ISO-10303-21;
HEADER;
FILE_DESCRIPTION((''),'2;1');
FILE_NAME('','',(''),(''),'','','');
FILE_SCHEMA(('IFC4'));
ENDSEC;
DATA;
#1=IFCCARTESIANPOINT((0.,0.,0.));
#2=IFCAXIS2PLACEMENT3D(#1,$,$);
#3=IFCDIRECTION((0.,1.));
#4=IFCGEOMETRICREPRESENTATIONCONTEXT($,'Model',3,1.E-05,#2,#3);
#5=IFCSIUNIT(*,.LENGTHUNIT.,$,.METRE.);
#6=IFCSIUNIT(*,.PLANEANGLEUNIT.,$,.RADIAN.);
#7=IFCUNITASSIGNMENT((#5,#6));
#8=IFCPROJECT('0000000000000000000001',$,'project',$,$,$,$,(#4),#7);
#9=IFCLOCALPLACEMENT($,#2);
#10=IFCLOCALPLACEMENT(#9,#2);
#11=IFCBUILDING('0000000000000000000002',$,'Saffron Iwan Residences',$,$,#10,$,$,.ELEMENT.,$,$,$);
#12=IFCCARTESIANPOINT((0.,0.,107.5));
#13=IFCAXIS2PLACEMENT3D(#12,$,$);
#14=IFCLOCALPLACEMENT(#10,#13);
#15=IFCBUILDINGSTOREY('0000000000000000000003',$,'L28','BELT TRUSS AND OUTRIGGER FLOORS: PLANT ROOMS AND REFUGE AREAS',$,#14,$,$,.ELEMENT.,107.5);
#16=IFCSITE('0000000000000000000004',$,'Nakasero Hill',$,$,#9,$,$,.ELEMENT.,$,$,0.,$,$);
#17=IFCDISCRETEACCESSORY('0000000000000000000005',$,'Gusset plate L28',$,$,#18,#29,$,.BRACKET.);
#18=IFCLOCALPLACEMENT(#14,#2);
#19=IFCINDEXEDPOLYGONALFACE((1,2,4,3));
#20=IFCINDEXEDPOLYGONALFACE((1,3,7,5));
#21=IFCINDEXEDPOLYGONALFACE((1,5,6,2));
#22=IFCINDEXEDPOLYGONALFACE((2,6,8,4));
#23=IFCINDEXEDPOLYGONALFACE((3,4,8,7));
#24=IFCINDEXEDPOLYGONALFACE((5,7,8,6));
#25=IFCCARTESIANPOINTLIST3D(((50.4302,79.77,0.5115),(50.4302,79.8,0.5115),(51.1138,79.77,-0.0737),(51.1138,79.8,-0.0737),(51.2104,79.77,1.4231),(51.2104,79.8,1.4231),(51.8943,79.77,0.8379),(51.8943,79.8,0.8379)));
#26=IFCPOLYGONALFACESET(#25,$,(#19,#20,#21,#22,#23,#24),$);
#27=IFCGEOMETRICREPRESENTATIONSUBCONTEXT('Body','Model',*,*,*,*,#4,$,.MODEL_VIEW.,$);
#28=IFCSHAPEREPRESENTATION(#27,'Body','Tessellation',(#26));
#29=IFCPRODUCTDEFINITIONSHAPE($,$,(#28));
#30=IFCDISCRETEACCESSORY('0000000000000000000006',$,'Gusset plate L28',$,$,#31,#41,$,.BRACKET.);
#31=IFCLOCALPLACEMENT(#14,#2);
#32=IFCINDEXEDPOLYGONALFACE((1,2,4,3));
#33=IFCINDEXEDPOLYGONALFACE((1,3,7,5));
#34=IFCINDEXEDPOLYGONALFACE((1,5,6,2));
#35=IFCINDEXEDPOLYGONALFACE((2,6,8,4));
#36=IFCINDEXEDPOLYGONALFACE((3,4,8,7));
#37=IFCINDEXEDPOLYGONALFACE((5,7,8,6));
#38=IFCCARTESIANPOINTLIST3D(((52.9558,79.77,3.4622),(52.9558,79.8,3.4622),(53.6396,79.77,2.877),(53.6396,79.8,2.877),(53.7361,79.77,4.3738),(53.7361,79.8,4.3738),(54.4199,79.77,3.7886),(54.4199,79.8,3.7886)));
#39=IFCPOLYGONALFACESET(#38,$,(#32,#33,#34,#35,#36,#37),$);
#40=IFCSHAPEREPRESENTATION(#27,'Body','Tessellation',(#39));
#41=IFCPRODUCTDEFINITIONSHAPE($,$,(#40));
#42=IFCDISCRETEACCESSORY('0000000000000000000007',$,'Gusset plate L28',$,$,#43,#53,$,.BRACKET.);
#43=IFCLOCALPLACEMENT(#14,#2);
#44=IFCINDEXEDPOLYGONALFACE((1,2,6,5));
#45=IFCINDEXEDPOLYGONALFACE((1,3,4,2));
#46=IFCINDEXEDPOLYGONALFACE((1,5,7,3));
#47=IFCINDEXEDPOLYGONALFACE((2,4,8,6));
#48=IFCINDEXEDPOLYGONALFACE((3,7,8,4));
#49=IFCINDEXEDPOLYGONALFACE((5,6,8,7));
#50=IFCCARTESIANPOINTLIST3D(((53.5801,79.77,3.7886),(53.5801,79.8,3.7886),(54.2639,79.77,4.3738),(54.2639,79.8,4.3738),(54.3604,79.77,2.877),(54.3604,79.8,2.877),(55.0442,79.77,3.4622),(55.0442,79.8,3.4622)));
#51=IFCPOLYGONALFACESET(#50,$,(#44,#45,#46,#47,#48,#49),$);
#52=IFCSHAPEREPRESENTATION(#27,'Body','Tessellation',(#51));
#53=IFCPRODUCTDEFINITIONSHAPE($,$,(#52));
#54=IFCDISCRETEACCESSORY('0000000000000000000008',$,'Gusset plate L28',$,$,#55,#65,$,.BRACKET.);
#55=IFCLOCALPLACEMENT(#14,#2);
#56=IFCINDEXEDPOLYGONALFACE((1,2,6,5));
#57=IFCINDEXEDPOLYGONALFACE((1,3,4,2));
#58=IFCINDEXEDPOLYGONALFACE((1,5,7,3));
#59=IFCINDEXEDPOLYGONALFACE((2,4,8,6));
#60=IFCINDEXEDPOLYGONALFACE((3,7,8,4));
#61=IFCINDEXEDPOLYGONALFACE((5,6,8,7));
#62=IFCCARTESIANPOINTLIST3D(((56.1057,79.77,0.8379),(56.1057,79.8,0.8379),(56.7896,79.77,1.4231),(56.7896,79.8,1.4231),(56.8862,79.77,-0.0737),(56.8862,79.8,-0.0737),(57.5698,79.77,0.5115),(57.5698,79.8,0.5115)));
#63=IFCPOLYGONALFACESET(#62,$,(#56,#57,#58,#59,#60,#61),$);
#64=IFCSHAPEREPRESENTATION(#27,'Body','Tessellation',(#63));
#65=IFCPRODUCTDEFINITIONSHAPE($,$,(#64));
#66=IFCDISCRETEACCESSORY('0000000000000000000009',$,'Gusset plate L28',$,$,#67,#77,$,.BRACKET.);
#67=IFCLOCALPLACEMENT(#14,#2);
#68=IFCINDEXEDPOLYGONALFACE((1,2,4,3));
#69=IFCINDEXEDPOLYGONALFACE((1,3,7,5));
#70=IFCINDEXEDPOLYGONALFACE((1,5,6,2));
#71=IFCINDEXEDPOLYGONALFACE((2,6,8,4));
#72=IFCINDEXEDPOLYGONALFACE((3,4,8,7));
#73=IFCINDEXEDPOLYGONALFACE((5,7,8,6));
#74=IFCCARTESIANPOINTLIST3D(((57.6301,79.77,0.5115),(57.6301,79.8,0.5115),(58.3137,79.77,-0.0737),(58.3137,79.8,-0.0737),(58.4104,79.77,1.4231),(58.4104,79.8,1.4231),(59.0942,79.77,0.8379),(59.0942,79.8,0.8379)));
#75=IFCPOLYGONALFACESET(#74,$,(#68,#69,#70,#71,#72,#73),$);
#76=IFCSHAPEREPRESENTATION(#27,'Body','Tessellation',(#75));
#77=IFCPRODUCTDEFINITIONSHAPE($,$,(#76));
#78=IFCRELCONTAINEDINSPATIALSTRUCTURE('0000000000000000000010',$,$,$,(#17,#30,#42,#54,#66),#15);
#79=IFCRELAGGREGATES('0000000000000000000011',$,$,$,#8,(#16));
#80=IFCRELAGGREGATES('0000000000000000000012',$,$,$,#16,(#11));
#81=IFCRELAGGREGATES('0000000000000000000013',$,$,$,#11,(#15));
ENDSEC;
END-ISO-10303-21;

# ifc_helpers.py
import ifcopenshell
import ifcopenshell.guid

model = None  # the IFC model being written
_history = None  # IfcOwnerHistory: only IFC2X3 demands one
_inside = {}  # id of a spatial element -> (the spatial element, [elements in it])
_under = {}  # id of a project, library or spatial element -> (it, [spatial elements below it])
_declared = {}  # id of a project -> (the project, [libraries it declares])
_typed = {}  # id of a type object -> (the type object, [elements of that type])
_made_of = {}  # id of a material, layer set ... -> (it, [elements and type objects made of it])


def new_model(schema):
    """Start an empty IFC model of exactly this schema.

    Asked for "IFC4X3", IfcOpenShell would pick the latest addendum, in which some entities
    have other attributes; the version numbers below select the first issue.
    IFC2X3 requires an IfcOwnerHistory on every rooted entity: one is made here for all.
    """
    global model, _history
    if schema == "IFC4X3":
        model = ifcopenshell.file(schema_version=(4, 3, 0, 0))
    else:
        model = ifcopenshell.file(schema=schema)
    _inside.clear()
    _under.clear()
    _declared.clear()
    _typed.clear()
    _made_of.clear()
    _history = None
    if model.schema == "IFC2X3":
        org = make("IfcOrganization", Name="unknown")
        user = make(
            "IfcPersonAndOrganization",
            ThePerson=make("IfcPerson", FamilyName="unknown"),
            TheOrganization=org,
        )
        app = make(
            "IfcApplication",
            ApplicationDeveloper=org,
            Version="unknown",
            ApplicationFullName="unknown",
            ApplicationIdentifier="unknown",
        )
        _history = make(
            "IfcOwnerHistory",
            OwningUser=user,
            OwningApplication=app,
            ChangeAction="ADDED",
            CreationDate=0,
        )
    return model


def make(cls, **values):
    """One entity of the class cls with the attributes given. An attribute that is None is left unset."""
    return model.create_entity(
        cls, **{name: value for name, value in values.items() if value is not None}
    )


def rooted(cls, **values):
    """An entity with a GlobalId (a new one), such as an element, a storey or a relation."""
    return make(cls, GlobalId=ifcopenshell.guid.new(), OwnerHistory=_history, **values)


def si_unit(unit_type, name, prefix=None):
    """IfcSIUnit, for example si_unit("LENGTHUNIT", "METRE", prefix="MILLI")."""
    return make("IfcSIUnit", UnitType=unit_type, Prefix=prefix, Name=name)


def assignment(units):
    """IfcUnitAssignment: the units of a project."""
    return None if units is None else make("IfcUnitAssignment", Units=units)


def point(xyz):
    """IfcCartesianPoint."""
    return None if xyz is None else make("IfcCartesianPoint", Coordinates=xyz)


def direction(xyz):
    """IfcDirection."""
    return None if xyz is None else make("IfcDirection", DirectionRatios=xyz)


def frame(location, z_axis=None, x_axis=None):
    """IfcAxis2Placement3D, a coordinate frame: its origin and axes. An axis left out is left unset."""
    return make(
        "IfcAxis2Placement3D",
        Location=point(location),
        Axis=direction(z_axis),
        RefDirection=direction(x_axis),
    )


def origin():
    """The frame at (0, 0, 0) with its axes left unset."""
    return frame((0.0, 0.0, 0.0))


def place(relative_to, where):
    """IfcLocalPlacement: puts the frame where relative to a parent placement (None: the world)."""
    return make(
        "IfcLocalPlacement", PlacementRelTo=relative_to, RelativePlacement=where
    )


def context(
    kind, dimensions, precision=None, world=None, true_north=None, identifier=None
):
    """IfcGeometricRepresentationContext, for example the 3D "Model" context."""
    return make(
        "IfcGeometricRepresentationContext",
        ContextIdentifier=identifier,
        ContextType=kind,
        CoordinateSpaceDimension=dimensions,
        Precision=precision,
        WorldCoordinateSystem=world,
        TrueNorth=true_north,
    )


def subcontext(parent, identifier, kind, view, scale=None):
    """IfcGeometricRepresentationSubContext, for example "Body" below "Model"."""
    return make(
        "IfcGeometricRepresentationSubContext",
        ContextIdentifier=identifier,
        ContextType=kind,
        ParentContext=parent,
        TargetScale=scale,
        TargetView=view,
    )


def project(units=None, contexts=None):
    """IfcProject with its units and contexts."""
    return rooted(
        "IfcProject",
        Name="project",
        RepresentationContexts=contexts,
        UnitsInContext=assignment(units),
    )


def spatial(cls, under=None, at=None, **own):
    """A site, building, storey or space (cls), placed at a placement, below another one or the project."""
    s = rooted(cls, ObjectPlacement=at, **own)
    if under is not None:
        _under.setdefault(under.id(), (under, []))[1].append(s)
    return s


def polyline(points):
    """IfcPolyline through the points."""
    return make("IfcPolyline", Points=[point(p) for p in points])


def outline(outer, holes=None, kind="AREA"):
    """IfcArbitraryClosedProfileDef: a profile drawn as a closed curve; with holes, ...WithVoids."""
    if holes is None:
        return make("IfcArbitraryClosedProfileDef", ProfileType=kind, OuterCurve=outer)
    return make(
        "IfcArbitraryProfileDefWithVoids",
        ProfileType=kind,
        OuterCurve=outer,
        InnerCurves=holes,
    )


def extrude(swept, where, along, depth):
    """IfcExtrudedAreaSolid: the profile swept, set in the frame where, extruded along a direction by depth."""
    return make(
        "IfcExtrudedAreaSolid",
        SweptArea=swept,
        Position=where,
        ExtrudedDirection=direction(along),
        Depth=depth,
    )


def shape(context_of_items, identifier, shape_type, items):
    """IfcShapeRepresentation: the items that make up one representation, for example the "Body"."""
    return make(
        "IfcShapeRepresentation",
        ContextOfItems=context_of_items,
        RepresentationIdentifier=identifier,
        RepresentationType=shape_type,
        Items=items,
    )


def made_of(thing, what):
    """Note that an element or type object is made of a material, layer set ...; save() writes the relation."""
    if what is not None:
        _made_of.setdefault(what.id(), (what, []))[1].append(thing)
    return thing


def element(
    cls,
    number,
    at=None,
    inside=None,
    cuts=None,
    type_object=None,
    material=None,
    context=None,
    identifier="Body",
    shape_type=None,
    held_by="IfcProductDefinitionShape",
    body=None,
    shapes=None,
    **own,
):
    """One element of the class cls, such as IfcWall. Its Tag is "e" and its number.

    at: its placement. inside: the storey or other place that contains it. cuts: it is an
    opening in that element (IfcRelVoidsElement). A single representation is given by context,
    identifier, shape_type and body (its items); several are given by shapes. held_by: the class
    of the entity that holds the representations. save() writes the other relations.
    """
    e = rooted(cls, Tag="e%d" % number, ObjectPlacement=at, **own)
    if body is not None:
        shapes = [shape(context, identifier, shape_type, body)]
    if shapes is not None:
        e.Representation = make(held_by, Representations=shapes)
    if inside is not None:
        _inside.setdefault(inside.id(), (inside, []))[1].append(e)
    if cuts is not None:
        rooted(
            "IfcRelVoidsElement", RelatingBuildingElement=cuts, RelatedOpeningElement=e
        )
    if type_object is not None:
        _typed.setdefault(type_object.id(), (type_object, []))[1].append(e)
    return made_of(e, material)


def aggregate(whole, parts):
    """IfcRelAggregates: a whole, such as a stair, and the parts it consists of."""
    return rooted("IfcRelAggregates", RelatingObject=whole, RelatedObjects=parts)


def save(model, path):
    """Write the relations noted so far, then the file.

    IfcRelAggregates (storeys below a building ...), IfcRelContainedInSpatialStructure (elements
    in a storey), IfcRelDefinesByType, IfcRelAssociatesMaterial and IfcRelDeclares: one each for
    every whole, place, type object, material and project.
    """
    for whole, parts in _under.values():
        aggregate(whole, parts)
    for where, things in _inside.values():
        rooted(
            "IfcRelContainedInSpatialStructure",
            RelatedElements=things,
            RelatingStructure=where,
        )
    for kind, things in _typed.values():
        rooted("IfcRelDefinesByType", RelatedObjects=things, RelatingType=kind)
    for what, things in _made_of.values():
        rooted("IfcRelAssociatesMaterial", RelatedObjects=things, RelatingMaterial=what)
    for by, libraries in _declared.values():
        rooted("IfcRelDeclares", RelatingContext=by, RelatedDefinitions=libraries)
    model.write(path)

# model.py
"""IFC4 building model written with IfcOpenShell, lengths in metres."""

from ifc_helpers import new_model, si_unit, direction, frame, origin, place, context, subcontext, project, spatial, polyline, outline, extrude, element, save


model = new_model("IFC4")

# Units and contexts
model_context = context("Model", 3, precision=1e-05, world=origin(), true_north=direction((0.0, 1.0)))
body_context = subcontext(model_context, "Body", "Model", "MODEL_VIEW")
ifc_project = project(units=[si_unit("LENGTHUNIT", "METRE"), si_unit("PLANEANGLEUNIT", "RADIAN")], contexts=[model_context])

# Site, building, storey
site_placement = place(None, origin())
site = spatial("IfcSite", under=ifc_project, at=site_placement, Name="Nakasero Hill", CompositionType="ELEMENT", RefElevation=0.0)
building_placement = place(site_placement, origin())
building = spatial("IfcBuilding", under=site, at=building_placement, Name="Saffron Iwan Residences", CompositionType="ELEMENT")
storey_placement = place(building_placement, frame((0.0, 0.0, 107.5)))
storey = spatial("IfcBuildingStorey", under=building, at=storey_placement, Name="L28", Description="BELT TRUSS AND OUTRIGGER FLOORS: PLANT ROOMS AND REFUGE AREAS", CompositionType="ELEMENT", Elevation=107.5)

# Discrete accessories
discrete_accessory_1_placement = place(storey_placement, frame((50.4302, 79.8, 0.5115), z_axis=(0.0, 1.0, 0.0), x_axis=(0.650255, 0.0, 0.759716)))
element("IfcDiscreteAccessory", 1, at=discrete_accessory_1_placement, inside=storey, Name="Gusset plate L28", PredefinedType="BRACKET", context=body_context, shape_type="SweptSolid", body=[
    extrude(outline(polyline([(0.0, 0.0), (1.1999, 0.0), (1.2, 0.9001), (-0.0001, 0.8999), (0.0, 0.0)])), origin(), (0.0, 0.0, -1.0), 0.03),
])
discrete_accessory_2_placement = place(storey_placement, frame((54.4199, 79.8, 3.7886), z_axis=(0.0, 1.0, 0.0), x_axis=(-0.650255, 0.0, -0.759716)))
element("IfcDiscreteAccessory", 2, at=discrete_accessory_2_placement, inside=storey, Name="Gusset plate L28", PredefinedType="BRACKET", context=body_context, shape_type="SweptSolid", body=[
    extrude(outline(polyline([(0.0, 0.0), (1.1999, 0.0), (1.2, 0.9001), (0.0001, 0.9001), (0.0, 0.0)])), origin(), (0.0, 0.0, -1.0), 0.03),
])
discrete_accessory_3_placement = place(storey_placement, frame((54.2639, 79.8, 4.3738), z_axis=(0.0, 1.0, 0.0), x_axis=(0.650255, 0.0, -0.759716)))
element("IfcDiscreteAccessory", 3, at=discrete_accessory_3_placement, inside=storey, Name="Gusset plate L28", PredefinedType="BRACKET", context=body_context, shape_type="SweptSolid", body=[
    extrude(outline(polyline([(0.0, 0.0), (1.1999, 0.0), (1.1999, 0.9001), (-0.0001, 0.9001), (0.0, 0.0)])), origin(), (0.0, 0.0, -1.0), 0.03),
])
discrete_accessory_4_placement = place(storey_placement, frame((56.8862, 79.8, -0.0737), z_axis=(0.0, 1.0, 0.0), x_axis=(-0.650372, 0.0, 0.759615)))
element("IfcDiscreteAccessory", 4, at=discrete_accessory_4_placement, inside=storey, Name="Gusset plate L28", PredefinedType="BRACKET", context=body_context, shape_type="SweptSolid", body=[
    extrude(outline(polyline([(0.0, 0.0), (1.2001, 0.0), (1.1999, 0.9001), (-0.0001, 0.8999), (0.0, 0.0)])), origin(), (0.0, 0.0, -1.0), 0.03),
])
discrete_accessory_5_placement = place(storey_placement, frame((57.6301, 79.8, 0.5115), z_axis=(0.0, 1.0, 0.0), x_axis=(0.650255, 0.0, 0.759716)))
element("IfcDiscreteAccessory", 5, at=discrete_accessory_5_placement, inside=storey, Name="Gusset plate L28", PredefinedType="BRACKET", context=body_context, shape_type="SweptSolid", body=[
    extrude(outline(polyline([(0.0, 0.0), (1.1999, 0.0), (1.2, 0.9001), (-0.0001, 0.8999), (0.0, 0.0)])), origin(), (0.0, 0.0, -1.0), 0.03),
])

save(model, "model.ifc")
